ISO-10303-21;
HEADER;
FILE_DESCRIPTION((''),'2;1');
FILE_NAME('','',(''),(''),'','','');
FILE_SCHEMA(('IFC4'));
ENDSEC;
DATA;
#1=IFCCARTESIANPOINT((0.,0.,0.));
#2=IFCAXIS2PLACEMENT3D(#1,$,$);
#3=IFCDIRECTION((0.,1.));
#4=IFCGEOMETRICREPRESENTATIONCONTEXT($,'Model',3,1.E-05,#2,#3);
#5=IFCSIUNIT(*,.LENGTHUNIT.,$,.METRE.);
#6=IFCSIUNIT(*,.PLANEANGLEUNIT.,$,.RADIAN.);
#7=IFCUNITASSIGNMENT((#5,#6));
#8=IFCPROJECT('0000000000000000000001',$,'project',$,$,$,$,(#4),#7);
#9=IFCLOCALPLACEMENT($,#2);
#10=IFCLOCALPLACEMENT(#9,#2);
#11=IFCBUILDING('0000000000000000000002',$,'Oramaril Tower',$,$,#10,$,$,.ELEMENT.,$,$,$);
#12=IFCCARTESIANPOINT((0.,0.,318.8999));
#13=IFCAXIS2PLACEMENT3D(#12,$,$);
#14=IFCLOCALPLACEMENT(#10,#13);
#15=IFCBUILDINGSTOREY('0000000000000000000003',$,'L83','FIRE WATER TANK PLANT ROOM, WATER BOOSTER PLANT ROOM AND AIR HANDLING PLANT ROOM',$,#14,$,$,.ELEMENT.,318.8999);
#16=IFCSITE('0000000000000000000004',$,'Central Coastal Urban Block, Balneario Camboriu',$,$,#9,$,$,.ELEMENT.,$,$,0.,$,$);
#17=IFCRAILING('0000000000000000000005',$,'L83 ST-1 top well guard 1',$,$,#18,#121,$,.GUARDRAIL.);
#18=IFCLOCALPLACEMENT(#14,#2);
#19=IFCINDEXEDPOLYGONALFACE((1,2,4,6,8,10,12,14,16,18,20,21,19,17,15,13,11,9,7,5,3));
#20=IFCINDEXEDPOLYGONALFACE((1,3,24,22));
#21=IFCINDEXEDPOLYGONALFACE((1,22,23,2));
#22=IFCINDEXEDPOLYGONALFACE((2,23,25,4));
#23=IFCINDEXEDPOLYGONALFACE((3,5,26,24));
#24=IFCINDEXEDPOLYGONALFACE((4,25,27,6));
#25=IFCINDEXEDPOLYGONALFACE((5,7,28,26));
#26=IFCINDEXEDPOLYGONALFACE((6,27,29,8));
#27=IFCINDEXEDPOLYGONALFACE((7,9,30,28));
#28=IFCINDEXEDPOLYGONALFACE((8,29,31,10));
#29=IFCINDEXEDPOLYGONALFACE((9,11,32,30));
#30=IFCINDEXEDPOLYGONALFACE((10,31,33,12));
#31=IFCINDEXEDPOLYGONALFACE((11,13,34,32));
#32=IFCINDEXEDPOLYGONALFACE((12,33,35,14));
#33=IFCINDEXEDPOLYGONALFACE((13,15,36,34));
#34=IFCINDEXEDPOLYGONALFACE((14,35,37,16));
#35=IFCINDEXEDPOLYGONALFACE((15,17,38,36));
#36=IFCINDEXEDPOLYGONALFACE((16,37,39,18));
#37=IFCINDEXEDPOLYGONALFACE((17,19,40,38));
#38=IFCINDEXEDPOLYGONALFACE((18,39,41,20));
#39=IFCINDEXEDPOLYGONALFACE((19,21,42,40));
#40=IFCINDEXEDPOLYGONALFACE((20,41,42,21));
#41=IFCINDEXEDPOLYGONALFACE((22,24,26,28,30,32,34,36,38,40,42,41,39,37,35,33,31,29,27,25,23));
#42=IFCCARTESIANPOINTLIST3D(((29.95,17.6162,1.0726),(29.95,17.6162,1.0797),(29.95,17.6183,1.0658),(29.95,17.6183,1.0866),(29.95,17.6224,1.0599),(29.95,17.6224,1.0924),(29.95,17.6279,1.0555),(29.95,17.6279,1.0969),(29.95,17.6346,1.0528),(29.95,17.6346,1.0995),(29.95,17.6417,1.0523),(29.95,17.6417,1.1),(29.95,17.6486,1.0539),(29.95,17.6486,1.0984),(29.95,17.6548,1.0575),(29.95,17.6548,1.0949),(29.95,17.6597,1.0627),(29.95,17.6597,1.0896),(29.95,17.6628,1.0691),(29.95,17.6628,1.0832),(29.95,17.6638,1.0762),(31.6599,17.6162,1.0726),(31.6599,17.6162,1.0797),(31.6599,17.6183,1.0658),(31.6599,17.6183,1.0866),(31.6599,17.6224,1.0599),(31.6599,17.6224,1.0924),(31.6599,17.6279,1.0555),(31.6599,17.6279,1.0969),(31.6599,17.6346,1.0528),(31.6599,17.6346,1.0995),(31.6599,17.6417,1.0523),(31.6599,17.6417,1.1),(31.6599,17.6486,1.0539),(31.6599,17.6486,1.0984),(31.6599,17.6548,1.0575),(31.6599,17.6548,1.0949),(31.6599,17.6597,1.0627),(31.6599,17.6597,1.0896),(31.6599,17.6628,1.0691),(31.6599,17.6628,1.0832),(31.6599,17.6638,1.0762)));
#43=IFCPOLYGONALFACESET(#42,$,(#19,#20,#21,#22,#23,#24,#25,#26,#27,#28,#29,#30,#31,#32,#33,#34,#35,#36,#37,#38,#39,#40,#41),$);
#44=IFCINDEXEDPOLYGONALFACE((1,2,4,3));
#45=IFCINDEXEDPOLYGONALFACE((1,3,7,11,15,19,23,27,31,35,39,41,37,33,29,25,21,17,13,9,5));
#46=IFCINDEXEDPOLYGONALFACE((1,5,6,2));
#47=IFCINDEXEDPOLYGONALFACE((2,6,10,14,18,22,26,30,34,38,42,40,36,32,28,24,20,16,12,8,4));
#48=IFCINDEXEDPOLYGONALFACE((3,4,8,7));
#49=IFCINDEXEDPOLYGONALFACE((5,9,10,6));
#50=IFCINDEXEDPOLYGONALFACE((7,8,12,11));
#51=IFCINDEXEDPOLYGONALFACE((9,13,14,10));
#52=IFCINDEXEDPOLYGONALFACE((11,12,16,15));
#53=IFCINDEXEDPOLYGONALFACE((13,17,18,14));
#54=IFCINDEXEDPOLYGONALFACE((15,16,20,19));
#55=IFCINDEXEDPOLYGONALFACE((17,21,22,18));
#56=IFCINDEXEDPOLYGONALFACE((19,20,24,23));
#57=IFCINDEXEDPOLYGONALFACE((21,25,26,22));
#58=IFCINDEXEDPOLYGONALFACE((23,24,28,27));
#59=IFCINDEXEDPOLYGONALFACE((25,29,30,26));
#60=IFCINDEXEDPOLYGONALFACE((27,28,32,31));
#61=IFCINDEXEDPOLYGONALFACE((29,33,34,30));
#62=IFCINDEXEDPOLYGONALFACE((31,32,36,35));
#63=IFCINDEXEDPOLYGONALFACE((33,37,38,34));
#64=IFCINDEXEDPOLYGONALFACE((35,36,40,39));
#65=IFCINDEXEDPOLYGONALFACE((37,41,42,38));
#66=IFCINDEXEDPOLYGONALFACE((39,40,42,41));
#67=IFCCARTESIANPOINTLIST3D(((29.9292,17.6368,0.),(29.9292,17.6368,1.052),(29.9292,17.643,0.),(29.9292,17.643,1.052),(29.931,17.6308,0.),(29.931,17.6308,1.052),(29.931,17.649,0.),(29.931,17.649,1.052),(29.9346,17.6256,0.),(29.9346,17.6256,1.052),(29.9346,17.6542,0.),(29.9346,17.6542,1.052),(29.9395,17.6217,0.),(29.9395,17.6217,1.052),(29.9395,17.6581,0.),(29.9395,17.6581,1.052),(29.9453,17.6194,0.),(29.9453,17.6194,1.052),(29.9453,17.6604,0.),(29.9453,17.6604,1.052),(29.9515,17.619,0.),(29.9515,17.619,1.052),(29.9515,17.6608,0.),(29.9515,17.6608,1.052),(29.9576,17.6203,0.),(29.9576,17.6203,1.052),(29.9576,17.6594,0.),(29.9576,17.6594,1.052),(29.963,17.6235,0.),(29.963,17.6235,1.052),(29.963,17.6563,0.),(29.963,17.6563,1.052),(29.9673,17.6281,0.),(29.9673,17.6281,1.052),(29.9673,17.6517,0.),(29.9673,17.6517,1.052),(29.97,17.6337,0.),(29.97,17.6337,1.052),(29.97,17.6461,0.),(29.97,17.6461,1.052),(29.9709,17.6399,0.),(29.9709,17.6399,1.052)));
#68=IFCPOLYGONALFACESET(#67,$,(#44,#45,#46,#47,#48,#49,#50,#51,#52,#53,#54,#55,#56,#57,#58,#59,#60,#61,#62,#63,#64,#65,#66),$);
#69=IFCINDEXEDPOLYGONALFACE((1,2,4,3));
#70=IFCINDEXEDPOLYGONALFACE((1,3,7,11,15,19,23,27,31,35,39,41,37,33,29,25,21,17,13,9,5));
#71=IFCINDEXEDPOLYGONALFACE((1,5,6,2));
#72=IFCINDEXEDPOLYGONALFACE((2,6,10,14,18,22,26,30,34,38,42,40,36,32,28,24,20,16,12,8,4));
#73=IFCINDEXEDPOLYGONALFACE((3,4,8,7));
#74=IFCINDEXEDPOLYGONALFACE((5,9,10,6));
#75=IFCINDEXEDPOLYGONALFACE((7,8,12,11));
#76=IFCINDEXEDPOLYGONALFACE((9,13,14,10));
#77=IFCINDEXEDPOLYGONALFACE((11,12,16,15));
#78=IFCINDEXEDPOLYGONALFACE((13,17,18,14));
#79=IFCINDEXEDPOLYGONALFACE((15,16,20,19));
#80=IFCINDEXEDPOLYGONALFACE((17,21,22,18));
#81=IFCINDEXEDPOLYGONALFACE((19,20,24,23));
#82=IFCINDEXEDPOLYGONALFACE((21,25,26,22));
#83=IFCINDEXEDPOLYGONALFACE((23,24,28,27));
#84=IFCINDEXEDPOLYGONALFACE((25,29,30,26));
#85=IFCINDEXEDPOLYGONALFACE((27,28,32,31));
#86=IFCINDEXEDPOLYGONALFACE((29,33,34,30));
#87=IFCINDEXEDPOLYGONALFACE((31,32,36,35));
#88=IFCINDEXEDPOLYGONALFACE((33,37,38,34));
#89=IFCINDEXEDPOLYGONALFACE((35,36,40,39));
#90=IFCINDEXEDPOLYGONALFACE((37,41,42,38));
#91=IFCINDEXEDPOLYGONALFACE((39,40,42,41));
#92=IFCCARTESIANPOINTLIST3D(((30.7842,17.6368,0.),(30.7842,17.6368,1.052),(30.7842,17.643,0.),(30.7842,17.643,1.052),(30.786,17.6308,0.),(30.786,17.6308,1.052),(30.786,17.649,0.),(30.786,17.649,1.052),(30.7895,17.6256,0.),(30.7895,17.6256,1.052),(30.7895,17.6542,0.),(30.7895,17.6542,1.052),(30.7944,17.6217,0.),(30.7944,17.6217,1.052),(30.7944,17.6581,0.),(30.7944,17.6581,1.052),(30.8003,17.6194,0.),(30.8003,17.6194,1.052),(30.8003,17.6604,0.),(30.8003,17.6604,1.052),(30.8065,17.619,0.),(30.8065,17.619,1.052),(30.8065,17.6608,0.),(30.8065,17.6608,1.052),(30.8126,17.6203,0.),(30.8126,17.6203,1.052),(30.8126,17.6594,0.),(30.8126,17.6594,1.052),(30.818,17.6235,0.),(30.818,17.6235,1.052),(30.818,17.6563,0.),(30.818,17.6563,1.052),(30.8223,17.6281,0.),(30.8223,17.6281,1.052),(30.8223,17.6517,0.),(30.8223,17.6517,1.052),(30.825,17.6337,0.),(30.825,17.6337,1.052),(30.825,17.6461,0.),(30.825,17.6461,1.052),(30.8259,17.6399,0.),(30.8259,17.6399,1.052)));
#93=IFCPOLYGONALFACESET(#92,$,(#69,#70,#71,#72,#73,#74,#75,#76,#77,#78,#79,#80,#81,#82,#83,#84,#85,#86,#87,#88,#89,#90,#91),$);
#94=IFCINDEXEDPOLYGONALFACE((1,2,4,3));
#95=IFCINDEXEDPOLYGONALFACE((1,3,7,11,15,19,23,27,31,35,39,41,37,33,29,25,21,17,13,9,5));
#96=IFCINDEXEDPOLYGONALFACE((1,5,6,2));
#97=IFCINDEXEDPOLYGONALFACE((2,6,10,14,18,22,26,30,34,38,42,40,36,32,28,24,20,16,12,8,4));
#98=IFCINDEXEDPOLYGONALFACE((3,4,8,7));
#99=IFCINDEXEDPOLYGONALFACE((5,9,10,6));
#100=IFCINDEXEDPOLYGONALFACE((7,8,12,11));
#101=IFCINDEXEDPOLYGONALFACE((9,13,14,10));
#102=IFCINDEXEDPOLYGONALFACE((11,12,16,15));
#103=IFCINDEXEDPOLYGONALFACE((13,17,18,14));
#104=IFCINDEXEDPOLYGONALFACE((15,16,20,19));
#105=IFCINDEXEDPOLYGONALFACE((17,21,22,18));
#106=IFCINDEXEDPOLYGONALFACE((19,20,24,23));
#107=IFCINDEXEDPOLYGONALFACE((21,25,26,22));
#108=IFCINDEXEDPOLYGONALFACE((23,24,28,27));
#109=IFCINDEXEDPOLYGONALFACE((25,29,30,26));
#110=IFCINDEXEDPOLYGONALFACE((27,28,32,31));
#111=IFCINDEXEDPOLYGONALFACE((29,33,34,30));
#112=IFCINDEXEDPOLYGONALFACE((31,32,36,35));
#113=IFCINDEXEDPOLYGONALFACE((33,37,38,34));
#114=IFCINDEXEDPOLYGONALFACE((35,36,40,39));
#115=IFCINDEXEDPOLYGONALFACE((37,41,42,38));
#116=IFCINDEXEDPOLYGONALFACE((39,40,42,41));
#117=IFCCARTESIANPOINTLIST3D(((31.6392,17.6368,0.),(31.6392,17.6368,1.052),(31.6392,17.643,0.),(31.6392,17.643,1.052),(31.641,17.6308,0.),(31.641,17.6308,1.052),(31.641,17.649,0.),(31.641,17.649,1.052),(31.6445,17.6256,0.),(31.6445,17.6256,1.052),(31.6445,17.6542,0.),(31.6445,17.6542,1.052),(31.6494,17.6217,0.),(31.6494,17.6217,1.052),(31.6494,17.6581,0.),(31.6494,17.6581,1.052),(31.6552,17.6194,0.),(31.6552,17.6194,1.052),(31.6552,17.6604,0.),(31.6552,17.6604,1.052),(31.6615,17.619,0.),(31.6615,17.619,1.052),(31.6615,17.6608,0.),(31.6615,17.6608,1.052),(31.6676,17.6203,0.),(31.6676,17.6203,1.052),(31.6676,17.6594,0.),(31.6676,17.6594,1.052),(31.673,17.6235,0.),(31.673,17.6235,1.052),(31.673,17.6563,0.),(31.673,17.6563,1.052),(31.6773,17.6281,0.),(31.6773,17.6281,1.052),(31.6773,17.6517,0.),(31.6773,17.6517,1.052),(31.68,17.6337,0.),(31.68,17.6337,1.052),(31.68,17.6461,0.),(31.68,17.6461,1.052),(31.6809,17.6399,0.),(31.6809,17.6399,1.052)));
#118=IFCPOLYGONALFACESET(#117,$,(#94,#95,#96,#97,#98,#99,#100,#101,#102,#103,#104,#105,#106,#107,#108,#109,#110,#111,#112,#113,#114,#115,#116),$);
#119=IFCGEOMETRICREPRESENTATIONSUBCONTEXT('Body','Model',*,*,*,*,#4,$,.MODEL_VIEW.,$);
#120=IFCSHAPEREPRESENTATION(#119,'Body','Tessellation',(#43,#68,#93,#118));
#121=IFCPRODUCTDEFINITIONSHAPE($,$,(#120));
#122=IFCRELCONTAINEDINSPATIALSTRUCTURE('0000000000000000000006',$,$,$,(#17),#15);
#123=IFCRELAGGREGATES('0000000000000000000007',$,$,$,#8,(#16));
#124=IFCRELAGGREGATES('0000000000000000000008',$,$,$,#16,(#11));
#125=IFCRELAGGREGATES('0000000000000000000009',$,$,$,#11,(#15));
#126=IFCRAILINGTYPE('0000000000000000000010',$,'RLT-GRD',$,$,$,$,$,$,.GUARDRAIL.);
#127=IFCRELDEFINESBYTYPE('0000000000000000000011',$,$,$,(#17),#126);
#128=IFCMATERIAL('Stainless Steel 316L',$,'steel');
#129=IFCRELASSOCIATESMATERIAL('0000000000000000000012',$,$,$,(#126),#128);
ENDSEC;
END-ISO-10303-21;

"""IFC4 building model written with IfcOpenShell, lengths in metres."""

from ifc_helpers import new_model, si_unit, direction, frame, origin, origin_2d, place, context, subcontext, project, spatial, circle, extrude, material, type_object, element, save


model = new_model("IFC4")

# Units and contexts
model_context = context("Model", 3, precision=1e-05, world=origin(), true_north=direction((0.0, 1.0)))
body_context = subcontext(model_context, "Body", "Model", "MODEL_VIEW")
ifc_project = project(units=[si_unit("LENGTHUNIT", "METRE"), si_unit("PLANEANGLEUNIT", "RADIAN")], contexts=[model_context])

# Site, building, storey
site_placement = place(None, origin())
site = spatial("IfcSite", under=ifc_project, at=site_placement, Name="Central Coastal Urban Block, Balneario Camboriu", CompositionType="ELEMENT", RefElevation=0.0)
building_placement = place(site_placement, origin())
building = spatial("IfcBuilding", under=site, at=building_placement, Name="Oramaril Tower", CompositionType="ELEMENT")
storey_placement = place(building_placement, frame((0.0, 0.0, 318.8999)))
storey = spatial("IfcBuildingStorey", under=building, at=storey_placement, Name="L83", Description="FIRE WATER TANK PLANT ROOM, WATER BOOSTER PLANT ROOM AND AIR HANDLING PLANT ROOM", CompositionType="ELEMENT", Elevation=318.8999)

# Railing
ifc_material_1 = material(Name="Stainless Steel 316L", Category="steel")
railing_type = type_object("IfcRailingType", Name="RLT-GRD", PredefinedType="GUARDRAIL", material=ifc_material_1)
railing_placement = place(storey_placement, frame((29.95, 17.6399, 0.0)))
element("IfcRailing", 1, at=railing_placement, inside=storey, type_object=railing_type, Name="L83 ST-1 top well guard 1", PredefinedType="GUARDRAIL", context=body_context, shape_type="SweptSolid", body=[
    extrude(circle(Radius=0.0239, at=origin_2d()), frame((0.0, 0.0, 1.0762), z_axis=(1.0, 0.0, 0.0), x_axis=(0.0, 1.0, 0.0)), (0.0, 0.0, 1.0), 1.71),
    extrude(circle(Radius=0.021, at=origin_2d()), origin(), (0.0, 0.0, 1.0), 1.052),
    extrude(circle(Radius=0.021, at=origin_2d()), frame((0.855, 0.0, 0.0)), (0.0, 0.0, 1.0), 1.052),
    extrude(circle(Radius=0.021, at=origin_2d()), frame((1.71, 0.0, 0.0)), (0.0, 0.0, 1.0), 1.052),
])

save(model, "model.ifc")
